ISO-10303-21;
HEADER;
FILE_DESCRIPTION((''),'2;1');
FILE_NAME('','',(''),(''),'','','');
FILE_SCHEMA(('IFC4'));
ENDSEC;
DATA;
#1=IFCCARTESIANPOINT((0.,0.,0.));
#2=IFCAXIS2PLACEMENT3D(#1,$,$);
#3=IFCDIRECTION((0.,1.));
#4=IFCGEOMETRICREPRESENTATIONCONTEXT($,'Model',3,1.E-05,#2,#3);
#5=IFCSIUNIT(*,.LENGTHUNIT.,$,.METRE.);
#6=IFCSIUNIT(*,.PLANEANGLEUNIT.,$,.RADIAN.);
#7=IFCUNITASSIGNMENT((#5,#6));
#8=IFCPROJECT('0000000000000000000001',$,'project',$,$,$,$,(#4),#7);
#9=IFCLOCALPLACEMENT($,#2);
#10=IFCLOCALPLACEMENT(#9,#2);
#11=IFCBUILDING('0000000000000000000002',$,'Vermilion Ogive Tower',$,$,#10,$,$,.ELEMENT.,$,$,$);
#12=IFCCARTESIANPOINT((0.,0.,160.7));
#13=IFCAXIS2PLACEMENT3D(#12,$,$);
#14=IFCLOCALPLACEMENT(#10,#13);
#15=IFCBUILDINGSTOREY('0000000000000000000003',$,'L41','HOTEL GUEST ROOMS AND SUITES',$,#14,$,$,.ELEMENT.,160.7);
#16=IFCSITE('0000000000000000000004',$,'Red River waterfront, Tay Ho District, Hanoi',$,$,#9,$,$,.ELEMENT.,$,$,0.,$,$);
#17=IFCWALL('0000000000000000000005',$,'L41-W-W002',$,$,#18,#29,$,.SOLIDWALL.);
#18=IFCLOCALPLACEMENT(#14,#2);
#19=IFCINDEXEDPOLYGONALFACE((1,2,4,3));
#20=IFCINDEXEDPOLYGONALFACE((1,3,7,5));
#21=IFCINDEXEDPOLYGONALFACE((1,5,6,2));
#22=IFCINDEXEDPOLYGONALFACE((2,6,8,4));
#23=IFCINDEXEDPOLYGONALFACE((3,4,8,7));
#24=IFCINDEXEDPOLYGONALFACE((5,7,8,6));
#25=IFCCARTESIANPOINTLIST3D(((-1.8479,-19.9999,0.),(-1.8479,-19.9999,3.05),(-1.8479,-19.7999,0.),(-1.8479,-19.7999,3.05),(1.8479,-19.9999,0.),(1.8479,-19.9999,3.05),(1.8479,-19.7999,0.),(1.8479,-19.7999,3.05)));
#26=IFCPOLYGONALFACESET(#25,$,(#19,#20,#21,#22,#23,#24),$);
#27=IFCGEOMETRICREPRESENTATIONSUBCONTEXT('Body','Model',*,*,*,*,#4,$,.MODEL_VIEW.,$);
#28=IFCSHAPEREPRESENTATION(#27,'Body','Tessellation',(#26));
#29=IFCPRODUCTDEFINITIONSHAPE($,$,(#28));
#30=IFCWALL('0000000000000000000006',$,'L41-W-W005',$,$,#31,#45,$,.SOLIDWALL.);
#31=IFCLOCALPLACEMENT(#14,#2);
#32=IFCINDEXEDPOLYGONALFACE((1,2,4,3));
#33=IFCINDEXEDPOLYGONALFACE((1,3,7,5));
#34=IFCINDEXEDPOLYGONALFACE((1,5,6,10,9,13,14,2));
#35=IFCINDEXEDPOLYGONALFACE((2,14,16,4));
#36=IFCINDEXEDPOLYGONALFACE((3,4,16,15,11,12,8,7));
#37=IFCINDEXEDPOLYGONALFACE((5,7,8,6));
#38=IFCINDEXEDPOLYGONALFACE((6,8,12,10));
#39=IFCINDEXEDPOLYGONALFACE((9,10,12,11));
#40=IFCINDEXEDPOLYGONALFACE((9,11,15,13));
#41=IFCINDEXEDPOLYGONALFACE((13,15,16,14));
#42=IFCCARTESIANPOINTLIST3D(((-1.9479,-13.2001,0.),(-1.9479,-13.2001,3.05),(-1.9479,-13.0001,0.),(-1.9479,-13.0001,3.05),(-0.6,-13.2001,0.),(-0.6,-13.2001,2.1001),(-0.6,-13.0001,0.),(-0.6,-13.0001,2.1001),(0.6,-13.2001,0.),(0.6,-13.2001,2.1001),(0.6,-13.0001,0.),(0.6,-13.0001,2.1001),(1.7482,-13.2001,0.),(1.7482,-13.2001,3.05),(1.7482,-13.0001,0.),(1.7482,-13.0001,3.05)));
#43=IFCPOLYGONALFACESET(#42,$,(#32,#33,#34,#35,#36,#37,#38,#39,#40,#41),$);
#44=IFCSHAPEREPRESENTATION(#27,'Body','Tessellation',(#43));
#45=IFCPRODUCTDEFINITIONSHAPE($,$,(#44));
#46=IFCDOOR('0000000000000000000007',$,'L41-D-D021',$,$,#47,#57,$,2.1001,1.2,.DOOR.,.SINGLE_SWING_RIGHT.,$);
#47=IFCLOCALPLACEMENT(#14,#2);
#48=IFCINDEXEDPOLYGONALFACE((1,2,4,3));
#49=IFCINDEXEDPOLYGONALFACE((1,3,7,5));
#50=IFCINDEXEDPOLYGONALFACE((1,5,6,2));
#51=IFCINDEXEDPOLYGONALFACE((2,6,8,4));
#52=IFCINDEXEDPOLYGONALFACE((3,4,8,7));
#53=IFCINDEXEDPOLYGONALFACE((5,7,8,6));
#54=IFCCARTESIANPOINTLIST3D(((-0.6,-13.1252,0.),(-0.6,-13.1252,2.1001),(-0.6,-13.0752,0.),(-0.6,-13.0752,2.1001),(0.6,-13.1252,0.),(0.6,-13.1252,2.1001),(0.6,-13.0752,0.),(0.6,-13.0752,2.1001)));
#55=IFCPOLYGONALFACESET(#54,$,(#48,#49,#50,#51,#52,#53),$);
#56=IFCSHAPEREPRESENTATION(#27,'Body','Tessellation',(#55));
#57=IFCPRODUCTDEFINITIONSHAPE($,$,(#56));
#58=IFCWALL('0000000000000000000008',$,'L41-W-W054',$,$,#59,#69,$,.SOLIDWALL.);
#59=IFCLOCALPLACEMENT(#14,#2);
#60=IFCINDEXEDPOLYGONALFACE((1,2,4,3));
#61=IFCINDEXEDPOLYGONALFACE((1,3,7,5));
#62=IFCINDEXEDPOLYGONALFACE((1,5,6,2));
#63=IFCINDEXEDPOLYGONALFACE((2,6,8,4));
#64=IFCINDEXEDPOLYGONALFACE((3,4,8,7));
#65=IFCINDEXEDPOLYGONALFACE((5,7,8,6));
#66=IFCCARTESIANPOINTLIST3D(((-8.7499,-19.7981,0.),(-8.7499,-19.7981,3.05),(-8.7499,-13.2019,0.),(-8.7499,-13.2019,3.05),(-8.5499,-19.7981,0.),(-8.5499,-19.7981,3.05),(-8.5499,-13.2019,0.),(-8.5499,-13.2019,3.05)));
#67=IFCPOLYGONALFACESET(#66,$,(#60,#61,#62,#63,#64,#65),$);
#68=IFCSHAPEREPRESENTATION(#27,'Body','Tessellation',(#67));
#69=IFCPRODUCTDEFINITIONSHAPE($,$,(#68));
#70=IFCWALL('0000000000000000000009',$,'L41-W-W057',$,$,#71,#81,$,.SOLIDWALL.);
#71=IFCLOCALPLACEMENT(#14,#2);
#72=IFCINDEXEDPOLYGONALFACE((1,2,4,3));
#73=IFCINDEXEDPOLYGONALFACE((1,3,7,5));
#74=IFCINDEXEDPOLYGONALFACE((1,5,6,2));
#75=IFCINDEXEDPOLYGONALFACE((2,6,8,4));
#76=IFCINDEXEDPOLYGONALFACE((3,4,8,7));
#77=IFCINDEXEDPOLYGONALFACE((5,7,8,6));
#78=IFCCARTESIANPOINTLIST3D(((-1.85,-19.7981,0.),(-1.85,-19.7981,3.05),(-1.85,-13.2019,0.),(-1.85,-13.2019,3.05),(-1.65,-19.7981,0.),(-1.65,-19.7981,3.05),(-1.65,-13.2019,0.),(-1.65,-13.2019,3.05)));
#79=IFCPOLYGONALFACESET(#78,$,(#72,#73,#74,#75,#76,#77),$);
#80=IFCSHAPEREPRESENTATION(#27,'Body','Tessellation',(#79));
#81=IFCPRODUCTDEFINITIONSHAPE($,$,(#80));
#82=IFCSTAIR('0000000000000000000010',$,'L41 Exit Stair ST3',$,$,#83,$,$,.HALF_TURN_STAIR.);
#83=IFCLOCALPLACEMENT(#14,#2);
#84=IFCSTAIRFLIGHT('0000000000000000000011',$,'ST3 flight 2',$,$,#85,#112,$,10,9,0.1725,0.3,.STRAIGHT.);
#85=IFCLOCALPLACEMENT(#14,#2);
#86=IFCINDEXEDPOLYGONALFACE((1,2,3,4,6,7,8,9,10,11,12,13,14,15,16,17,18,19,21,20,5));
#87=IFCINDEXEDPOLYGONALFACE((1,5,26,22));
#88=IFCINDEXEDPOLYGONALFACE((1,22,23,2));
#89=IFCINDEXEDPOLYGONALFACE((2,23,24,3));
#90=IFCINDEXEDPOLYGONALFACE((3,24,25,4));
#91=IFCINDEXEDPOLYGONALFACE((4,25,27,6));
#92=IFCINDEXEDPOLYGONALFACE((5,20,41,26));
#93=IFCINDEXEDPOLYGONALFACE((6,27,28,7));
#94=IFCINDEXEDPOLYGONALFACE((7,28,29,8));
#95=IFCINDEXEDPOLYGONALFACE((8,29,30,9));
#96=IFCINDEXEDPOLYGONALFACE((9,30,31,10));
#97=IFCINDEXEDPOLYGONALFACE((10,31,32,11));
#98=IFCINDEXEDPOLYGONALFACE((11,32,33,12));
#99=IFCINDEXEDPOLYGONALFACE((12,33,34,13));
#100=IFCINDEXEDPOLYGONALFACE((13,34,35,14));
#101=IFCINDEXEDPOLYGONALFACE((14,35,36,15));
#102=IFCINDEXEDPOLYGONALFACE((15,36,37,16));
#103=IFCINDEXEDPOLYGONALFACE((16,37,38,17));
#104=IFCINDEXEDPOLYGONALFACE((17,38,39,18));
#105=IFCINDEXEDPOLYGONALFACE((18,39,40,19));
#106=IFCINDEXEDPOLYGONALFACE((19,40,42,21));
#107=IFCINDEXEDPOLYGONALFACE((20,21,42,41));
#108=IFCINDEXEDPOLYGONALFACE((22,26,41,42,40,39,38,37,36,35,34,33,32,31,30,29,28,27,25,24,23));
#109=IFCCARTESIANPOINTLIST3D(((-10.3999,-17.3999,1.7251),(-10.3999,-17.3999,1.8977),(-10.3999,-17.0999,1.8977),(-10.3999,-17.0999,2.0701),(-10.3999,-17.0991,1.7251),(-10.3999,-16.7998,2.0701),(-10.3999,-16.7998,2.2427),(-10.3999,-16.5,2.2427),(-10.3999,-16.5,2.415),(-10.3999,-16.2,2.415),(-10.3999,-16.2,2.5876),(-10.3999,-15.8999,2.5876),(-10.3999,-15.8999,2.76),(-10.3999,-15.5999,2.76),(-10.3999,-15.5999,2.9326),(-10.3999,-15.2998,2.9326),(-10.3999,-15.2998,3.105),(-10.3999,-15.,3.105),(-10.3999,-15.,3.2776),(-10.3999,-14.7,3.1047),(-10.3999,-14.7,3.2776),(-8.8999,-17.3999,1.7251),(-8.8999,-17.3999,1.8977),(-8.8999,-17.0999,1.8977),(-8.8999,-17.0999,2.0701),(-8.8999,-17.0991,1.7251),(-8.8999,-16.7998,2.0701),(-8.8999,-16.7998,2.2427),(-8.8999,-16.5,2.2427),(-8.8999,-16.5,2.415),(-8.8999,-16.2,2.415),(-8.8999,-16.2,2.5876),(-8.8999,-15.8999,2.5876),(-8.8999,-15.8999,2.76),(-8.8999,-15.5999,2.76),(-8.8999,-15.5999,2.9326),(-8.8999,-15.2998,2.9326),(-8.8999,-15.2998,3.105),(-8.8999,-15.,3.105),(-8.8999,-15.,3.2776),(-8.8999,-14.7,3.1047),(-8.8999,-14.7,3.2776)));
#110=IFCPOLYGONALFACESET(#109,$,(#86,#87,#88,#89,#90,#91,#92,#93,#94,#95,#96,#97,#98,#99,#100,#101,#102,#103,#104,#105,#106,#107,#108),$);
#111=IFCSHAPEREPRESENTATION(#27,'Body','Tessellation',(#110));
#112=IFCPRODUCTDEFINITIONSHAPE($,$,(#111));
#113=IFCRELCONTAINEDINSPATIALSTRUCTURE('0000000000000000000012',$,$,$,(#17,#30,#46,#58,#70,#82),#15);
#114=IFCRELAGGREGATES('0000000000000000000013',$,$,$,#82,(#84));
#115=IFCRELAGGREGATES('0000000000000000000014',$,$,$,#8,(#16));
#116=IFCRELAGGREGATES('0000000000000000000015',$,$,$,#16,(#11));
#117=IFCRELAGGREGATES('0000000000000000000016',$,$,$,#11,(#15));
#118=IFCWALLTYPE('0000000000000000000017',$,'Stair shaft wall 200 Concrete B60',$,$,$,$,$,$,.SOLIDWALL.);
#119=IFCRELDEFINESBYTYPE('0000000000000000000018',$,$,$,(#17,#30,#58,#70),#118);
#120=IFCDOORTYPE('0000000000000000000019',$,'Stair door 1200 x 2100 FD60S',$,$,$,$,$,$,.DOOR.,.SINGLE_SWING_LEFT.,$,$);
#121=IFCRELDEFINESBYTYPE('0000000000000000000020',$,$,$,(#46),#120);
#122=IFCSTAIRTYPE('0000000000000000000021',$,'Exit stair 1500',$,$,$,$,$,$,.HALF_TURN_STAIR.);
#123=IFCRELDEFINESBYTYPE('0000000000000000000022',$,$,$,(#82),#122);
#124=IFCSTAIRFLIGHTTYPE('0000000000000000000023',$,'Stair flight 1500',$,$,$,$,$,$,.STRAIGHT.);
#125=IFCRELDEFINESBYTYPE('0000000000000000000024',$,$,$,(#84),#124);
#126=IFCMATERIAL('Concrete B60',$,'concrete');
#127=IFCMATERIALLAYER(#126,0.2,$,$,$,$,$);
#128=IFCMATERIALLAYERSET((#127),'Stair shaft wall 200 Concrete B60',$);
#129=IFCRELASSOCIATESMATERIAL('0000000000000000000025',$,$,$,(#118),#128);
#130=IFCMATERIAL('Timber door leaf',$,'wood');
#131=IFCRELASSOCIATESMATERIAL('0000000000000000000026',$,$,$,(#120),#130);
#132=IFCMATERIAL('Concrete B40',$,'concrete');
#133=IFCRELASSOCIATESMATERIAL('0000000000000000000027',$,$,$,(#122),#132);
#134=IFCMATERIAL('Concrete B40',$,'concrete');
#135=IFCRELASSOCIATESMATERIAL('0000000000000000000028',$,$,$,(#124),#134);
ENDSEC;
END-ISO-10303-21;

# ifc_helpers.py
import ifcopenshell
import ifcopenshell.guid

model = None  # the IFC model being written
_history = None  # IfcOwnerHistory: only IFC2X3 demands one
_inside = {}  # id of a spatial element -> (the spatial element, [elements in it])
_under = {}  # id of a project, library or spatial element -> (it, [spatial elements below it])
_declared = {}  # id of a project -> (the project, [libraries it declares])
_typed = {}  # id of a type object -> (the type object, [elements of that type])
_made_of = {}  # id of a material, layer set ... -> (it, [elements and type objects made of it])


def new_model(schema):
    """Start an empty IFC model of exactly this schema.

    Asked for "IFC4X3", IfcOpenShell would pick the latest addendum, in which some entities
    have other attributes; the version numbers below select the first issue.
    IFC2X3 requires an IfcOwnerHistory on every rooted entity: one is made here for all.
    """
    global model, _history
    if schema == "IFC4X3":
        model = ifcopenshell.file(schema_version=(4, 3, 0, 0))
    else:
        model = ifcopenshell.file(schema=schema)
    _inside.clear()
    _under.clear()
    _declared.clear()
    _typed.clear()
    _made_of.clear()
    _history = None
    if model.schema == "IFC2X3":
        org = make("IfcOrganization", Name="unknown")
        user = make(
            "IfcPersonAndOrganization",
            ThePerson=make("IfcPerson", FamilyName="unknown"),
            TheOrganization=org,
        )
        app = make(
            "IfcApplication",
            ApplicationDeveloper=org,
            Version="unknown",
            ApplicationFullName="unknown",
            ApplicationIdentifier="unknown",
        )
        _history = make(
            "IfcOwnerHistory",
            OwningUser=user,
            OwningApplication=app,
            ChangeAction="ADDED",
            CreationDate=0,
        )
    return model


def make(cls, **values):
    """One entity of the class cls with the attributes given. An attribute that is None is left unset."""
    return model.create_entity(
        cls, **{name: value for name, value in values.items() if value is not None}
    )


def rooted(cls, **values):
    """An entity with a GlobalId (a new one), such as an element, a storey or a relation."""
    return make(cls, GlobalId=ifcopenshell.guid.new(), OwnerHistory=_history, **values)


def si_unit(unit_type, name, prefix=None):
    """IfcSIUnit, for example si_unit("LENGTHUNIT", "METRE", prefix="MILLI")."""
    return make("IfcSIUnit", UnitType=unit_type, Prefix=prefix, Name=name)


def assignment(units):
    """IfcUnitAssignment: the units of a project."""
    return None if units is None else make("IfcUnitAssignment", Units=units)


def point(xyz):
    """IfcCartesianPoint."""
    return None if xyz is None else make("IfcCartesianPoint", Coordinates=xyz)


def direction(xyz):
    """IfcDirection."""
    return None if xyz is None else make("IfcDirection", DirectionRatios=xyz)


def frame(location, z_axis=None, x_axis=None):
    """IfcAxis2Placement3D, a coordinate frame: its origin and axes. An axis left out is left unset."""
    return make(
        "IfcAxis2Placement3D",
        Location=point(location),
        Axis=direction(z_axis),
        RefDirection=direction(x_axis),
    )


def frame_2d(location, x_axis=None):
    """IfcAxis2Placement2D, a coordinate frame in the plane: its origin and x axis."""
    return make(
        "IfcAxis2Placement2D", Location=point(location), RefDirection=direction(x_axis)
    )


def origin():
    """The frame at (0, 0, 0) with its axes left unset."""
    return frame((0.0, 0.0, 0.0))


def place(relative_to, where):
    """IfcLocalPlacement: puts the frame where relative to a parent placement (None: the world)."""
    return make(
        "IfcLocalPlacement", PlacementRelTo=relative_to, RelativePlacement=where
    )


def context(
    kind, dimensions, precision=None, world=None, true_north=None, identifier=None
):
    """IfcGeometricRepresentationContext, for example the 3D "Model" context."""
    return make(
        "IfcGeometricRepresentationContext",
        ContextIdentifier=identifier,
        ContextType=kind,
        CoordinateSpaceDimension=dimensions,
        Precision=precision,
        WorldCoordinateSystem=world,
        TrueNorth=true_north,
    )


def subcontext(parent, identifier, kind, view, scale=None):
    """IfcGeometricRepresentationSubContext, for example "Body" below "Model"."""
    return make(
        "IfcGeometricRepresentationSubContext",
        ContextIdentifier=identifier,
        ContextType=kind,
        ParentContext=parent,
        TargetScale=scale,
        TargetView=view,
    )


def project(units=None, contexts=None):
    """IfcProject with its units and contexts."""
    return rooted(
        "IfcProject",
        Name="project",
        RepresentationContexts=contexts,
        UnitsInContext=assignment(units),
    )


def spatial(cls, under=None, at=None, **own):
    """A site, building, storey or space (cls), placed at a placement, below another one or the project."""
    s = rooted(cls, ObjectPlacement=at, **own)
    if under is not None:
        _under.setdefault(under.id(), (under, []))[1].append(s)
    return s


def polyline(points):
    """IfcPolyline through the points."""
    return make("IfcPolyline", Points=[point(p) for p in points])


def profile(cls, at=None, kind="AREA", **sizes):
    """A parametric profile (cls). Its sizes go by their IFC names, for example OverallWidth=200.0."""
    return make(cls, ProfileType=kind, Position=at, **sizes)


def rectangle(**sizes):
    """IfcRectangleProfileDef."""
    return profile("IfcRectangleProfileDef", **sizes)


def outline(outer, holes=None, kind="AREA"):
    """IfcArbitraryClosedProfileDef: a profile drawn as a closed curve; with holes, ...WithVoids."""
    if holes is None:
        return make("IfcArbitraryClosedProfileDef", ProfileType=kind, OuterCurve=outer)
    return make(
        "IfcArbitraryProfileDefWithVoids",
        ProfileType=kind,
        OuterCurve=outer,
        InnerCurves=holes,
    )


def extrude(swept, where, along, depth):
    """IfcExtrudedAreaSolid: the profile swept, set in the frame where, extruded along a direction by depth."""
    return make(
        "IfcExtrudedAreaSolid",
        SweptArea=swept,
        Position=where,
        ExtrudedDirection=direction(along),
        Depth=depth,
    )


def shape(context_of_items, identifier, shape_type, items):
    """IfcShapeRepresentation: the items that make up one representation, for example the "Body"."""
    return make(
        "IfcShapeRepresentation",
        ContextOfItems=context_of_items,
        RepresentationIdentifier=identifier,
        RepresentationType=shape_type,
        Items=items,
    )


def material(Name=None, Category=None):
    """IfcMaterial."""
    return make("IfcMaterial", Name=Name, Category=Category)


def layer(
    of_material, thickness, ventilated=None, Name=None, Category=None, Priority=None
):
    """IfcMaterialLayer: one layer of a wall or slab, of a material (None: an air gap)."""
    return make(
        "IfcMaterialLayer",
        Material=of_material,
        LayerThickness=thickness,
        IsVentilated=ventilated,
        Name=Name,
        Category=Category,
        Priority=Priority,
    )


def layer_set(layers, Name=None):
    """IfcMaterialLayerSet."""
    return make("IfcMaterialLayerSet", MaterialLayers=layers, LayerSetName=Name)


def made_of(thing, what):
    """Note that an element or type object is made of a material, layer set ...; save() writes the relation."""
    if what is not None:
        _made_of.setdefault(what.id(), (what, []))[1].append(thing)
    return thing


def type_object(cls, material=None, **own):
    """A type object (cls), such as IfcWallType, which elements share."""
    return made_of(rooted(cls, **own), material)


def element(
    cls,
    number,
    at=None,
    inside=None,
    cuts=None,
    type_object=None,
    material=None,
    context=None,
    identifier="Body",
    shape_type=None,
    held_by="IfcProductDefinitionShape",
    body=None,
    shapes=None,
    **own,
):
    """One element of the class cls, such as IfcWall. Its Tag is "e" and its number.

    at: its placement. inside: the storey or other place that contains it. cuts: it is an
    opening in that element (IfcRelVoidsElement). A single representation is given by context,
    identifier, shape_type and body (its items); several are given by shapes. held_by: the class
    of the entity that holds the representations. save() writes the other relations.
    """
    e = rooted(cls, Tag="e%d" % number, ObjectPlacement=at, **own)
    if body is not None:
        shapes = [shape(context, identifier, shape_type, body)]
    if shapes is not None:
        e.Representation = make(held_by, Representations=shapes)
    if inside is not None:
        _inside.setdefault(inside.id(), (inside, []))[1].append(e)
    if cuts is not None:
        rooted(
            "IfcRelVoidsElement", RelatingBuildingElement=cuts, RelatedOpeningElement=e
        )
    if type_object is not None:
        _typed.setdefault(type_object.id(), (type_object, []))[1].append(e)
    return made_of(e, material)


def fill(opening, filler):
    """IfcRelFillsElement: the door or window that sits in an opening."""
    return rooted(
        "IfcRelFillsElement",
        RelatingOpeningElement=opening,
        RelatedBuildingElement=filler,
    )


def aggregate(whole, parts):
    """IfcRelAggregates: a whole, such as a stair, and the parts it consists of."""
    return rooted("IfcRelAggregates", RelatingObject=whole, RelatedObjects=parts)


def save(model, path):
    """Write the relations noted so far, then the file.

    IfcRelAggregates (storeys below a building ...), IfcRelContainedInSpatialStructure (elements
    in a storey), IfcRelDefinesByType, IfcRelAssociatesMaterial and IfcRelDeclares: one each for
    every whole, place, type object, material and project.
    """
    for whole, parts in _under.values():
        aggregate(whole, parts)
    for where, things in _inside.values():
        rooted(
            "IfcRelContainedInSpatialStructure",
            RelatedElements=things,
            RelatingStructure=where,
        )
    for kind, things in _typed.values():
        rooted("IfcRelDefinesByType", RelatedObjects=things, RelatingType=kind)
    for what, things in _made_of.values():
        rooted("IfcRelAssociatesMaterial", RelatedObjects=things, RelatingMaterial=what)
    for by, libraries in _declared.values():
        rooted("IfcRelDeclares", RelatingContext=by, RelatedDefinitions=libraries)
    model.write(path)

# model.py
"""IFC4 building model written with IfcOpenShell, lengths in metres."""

from ifc_helpers import new_model, si_unit, direction, frame, frame_2d, origin, place, context, subcontext, project, spatial, polyline, rectangle, outline, extrude, material, layer, layer_set, type_object, element, fill, aggregate, save


model = new_model("IFC4")

# Units and contexts
model_context = context("Model", 3, precision=1e-05, world=origin(), true_north=direction((0.0, 1.0)))
body_context = subcontext(model_context, "Body", "Model", "MODEL_VIEW")
ifc_project = project(units=[si_unit("LENGTHUNIT", "METRE"), si_unit("PLANEANGLEUNIT", "RADIAN")], contexts=[model_context])

# Site, building, storey
site_placement = place(None, origin())
site = spatial("IfcSite", under=ifc_project, at=site_placement, Name="Red River waterfront, Tay Ho District, Hanoi", CompositionType="ELEMENT", RefElevation=0.0)
building_placement = place(site_placement, origin())
building = spatial("IfcBuilding", under=site, at=building_placement, Name="Vermilion Ogive Tower", CompositionType="ELEMENT")
storey_placement = place(building_placement, frame((0.0, 0.0, 160.7)))
storey = spatial("IfcBuildingStorey", under=building, at=storey_placement, Name="L41", Description="HOTEL GUEST ROOMS AND SUITES", CompositionType="ELEMENT", Elevation=160.7)

# Wall
ifc_material_1 = material(Name="Concrete B60", Category="concrete")
ifc_layer_1 = layer(ifc_material_1, 0.2)
ifc_layer_set_1 = layer_set([ifc_layer_1], Name="Stair shaft wall 200 Concrete B60")
wall_type_1 = type_object("IfcWallType", Name="Stair shaft wall 200 Concrete B60", PredefinedType="SOLIDWALL", material=ifc_layer_set_1)
wall_1_placement = place(storey_placement, frame((-1.8479, -19.8999, 0.0), z_axis=(0.0, 0.0, 1.0), x_axis=(1.0, 0.0, 0.0)))
element("IfcWall", 1, at=wall_1_placement, inside=storey, type_object=wall_type_1, Name="L41-W-W002", PredefinedType="SOLIDWALL", context=body_context, shape_type="SweptSolid", body=[
    extrude(rectangle(XDim=3.6958, YDim=0.2, at=frame_2d((1.8479, 0.0))), origin(), (0.0, 0.0, 1.0), 3.05),
])

# Wall, opening, door
wall_2_placement = place(storey_placement, frame((-1.948, -13.1001, 0.0), z_axis=(0.0, 0.0, 1.0), x_axis=(1.0, 0.0, 0.0)))
wall_2 = element("IfcWall", 2, at=wall_2_placement, inside=storey, type_object=wall_type_1, Name="L41-W-W005", PredefinedType="SOLIDWALL", context=body_context, shape_type="SweptSolid", body=[
    extrude(rectangle(XDim=3.696, YDim=0.2, at=frame_2d((1.8481, 0.0))), origin(), (0.0, 0.0, 1.0), 3.05),
])
opening_placement = place(wall_2_placement, frame((1.3479, 0.0, 0.0)))
opening = element("IfcOpeningElement", 3, at=opening_placement, cuts=wall_2, PredefinedType="OPENING", context=body_context, shape_type="SweptSolid", body=[
    extrude(rectangle(XDim=1.2, YDim=2.1001, at=frame_2d((0.6001, 1.05))), frame((0.0, 0.1099, 0.0), z_axis=(0.0, -1.0, 0.0), x_axis=(1.0, 0.0, 0.0)), (0.0, 0.0, 1.0), 0.22),
])
ifc_material_2 = material(Name="Timber door leaf", Category="wood")
door_type = type_object("IfcDoorType", Name="Stair door 1200 x 2100 FD60S", OperationType="SINGLE_SWING_LEFT", PredefinedType="DOOR", material=ifc_material_2)
door_placement = place(opening_placement, origin())
door = element("IfcDoor", 4, at=door_placement, inside=storey, type_object=door_type, Name="L41-D-D021", OperationType="SINGLE_SWING_RIGHT", OverallHeight=2.1001, OverallWidth=1.2, PredefinedType="DOOR", context=body_context, shape_type="SweptSolid", body=[
    extrude(rectangle(XDim=1.2, YDim=2.1001, at=frame_2d((0.6001, 1.05))), frame((0.0, 0.0249, 0.0), z_axis=(0.0, -1.0, 0.0), x_axis=(1.0, 0.0, 0.0)), (0.0, 0.0, 1.0), 0.05),
])
fill(opening, door)

# Walls
for number, where, z_axis, x_axis, name in (
    (5, (-8.6499, -19.7981, 0.0), (0.0, 0.0, 1.0), (0.0, 1.0, 0.0), "L41-W-W054"),
    (6, (-1.75, -19.7981, 0.0), (0.0, 0.0, 1.0), (0.0, 1.0, 0.0), "L41-W-W057"),
):
    element("IfcWall", number, at=place(storey_placement, frame(where, z_axis=z_axis, x_axis=x_axis)), inside=storey, type_object=wall_type_1, Name=name, PredefinedType="SOLIDWALL", context=body_context, shape_type="SweptSolid", body=[
        extrude(rectangle(XDim=6.5962, YDim=0.2, at=frame_2d((3.2981, 0.0))), origin(), (0.0, 0.0, 1.0), 3.05),
    ])

# Stair, stair flight
ifc_material_3 = material(Name="Concrete B40", Category="concrete")
stair_type = type_object("IfcStairType", Name="Exit stair 1500", PredefinedType="HALF_TURN_STAIR", material=ifc_material_3)
stair_placement = place(storey_placement, origin())
stair = element("IfcStair", 7, at=stair_placement, inside=storey, type_object=stair_type, Name="L41 Exit Stair ST3", PredefinedType="HALF_TURN_STAIR")
ifc_material_4 = material(Name="Concrete B40", Category="concrete")
stair_flight_type = type_object("IfcStairFlightType", Name="Stair flight 1500", PredefinedType="STRAIGHT", material=ifc_material_4)
stair_flight_placement = place(storey_placement, frame((-9.6499, -17.3999, 1.7251), z_axis=(0.0, 0.0, 1.0), x_axis=(0.0, 1.0, 0.0)))
stair_flight = element("IfcStairFlight", 8, at=stair_flight_placement, type_object=stair_flight_type, Name="ST3 flight 2", NumberOfRisers=10, NumberOfTreads=9, PredefinedType="STRAIGHT", RiserHeight=0.1725, TreadLength=0.3, context=body_context, shape_type="SweptSolid", body=[
    extrude(outline(polyline([(0.0, 0.0), (0.0, 0.1726), (0.3, 0.1726), (0.3, 0.345), (0.6001, 0.345), (0.6001, 0.5176), (0.8999, 0.5176), (0.8999, 0.6899), (1.2, 0.6899), (1.2, 0.8625), (1.5, 0.8625), (1.5, 1.0349), (1.8, 1.0349), (1.8, 1.2075), (2.1001, 1.2075), (2.1001, 1.3799), (2.3999, 1.3799), (2.3999, 1.5525), (2.7, 1.5525), (2.7, 1.7251), (2.7, 1.3796), (0.3008, 0.0), (0.0, 0.0)])), frame((0.0, 0.75, 0.0), z_axis=(0.0, -1.0, 0.0), x_axis=(1.0, 0.0, 0.0)), (0.0, 0.0, 1.0), 1.5),
])
aggregate(stair, [stair_flight])

save(model, "model.ifc")
